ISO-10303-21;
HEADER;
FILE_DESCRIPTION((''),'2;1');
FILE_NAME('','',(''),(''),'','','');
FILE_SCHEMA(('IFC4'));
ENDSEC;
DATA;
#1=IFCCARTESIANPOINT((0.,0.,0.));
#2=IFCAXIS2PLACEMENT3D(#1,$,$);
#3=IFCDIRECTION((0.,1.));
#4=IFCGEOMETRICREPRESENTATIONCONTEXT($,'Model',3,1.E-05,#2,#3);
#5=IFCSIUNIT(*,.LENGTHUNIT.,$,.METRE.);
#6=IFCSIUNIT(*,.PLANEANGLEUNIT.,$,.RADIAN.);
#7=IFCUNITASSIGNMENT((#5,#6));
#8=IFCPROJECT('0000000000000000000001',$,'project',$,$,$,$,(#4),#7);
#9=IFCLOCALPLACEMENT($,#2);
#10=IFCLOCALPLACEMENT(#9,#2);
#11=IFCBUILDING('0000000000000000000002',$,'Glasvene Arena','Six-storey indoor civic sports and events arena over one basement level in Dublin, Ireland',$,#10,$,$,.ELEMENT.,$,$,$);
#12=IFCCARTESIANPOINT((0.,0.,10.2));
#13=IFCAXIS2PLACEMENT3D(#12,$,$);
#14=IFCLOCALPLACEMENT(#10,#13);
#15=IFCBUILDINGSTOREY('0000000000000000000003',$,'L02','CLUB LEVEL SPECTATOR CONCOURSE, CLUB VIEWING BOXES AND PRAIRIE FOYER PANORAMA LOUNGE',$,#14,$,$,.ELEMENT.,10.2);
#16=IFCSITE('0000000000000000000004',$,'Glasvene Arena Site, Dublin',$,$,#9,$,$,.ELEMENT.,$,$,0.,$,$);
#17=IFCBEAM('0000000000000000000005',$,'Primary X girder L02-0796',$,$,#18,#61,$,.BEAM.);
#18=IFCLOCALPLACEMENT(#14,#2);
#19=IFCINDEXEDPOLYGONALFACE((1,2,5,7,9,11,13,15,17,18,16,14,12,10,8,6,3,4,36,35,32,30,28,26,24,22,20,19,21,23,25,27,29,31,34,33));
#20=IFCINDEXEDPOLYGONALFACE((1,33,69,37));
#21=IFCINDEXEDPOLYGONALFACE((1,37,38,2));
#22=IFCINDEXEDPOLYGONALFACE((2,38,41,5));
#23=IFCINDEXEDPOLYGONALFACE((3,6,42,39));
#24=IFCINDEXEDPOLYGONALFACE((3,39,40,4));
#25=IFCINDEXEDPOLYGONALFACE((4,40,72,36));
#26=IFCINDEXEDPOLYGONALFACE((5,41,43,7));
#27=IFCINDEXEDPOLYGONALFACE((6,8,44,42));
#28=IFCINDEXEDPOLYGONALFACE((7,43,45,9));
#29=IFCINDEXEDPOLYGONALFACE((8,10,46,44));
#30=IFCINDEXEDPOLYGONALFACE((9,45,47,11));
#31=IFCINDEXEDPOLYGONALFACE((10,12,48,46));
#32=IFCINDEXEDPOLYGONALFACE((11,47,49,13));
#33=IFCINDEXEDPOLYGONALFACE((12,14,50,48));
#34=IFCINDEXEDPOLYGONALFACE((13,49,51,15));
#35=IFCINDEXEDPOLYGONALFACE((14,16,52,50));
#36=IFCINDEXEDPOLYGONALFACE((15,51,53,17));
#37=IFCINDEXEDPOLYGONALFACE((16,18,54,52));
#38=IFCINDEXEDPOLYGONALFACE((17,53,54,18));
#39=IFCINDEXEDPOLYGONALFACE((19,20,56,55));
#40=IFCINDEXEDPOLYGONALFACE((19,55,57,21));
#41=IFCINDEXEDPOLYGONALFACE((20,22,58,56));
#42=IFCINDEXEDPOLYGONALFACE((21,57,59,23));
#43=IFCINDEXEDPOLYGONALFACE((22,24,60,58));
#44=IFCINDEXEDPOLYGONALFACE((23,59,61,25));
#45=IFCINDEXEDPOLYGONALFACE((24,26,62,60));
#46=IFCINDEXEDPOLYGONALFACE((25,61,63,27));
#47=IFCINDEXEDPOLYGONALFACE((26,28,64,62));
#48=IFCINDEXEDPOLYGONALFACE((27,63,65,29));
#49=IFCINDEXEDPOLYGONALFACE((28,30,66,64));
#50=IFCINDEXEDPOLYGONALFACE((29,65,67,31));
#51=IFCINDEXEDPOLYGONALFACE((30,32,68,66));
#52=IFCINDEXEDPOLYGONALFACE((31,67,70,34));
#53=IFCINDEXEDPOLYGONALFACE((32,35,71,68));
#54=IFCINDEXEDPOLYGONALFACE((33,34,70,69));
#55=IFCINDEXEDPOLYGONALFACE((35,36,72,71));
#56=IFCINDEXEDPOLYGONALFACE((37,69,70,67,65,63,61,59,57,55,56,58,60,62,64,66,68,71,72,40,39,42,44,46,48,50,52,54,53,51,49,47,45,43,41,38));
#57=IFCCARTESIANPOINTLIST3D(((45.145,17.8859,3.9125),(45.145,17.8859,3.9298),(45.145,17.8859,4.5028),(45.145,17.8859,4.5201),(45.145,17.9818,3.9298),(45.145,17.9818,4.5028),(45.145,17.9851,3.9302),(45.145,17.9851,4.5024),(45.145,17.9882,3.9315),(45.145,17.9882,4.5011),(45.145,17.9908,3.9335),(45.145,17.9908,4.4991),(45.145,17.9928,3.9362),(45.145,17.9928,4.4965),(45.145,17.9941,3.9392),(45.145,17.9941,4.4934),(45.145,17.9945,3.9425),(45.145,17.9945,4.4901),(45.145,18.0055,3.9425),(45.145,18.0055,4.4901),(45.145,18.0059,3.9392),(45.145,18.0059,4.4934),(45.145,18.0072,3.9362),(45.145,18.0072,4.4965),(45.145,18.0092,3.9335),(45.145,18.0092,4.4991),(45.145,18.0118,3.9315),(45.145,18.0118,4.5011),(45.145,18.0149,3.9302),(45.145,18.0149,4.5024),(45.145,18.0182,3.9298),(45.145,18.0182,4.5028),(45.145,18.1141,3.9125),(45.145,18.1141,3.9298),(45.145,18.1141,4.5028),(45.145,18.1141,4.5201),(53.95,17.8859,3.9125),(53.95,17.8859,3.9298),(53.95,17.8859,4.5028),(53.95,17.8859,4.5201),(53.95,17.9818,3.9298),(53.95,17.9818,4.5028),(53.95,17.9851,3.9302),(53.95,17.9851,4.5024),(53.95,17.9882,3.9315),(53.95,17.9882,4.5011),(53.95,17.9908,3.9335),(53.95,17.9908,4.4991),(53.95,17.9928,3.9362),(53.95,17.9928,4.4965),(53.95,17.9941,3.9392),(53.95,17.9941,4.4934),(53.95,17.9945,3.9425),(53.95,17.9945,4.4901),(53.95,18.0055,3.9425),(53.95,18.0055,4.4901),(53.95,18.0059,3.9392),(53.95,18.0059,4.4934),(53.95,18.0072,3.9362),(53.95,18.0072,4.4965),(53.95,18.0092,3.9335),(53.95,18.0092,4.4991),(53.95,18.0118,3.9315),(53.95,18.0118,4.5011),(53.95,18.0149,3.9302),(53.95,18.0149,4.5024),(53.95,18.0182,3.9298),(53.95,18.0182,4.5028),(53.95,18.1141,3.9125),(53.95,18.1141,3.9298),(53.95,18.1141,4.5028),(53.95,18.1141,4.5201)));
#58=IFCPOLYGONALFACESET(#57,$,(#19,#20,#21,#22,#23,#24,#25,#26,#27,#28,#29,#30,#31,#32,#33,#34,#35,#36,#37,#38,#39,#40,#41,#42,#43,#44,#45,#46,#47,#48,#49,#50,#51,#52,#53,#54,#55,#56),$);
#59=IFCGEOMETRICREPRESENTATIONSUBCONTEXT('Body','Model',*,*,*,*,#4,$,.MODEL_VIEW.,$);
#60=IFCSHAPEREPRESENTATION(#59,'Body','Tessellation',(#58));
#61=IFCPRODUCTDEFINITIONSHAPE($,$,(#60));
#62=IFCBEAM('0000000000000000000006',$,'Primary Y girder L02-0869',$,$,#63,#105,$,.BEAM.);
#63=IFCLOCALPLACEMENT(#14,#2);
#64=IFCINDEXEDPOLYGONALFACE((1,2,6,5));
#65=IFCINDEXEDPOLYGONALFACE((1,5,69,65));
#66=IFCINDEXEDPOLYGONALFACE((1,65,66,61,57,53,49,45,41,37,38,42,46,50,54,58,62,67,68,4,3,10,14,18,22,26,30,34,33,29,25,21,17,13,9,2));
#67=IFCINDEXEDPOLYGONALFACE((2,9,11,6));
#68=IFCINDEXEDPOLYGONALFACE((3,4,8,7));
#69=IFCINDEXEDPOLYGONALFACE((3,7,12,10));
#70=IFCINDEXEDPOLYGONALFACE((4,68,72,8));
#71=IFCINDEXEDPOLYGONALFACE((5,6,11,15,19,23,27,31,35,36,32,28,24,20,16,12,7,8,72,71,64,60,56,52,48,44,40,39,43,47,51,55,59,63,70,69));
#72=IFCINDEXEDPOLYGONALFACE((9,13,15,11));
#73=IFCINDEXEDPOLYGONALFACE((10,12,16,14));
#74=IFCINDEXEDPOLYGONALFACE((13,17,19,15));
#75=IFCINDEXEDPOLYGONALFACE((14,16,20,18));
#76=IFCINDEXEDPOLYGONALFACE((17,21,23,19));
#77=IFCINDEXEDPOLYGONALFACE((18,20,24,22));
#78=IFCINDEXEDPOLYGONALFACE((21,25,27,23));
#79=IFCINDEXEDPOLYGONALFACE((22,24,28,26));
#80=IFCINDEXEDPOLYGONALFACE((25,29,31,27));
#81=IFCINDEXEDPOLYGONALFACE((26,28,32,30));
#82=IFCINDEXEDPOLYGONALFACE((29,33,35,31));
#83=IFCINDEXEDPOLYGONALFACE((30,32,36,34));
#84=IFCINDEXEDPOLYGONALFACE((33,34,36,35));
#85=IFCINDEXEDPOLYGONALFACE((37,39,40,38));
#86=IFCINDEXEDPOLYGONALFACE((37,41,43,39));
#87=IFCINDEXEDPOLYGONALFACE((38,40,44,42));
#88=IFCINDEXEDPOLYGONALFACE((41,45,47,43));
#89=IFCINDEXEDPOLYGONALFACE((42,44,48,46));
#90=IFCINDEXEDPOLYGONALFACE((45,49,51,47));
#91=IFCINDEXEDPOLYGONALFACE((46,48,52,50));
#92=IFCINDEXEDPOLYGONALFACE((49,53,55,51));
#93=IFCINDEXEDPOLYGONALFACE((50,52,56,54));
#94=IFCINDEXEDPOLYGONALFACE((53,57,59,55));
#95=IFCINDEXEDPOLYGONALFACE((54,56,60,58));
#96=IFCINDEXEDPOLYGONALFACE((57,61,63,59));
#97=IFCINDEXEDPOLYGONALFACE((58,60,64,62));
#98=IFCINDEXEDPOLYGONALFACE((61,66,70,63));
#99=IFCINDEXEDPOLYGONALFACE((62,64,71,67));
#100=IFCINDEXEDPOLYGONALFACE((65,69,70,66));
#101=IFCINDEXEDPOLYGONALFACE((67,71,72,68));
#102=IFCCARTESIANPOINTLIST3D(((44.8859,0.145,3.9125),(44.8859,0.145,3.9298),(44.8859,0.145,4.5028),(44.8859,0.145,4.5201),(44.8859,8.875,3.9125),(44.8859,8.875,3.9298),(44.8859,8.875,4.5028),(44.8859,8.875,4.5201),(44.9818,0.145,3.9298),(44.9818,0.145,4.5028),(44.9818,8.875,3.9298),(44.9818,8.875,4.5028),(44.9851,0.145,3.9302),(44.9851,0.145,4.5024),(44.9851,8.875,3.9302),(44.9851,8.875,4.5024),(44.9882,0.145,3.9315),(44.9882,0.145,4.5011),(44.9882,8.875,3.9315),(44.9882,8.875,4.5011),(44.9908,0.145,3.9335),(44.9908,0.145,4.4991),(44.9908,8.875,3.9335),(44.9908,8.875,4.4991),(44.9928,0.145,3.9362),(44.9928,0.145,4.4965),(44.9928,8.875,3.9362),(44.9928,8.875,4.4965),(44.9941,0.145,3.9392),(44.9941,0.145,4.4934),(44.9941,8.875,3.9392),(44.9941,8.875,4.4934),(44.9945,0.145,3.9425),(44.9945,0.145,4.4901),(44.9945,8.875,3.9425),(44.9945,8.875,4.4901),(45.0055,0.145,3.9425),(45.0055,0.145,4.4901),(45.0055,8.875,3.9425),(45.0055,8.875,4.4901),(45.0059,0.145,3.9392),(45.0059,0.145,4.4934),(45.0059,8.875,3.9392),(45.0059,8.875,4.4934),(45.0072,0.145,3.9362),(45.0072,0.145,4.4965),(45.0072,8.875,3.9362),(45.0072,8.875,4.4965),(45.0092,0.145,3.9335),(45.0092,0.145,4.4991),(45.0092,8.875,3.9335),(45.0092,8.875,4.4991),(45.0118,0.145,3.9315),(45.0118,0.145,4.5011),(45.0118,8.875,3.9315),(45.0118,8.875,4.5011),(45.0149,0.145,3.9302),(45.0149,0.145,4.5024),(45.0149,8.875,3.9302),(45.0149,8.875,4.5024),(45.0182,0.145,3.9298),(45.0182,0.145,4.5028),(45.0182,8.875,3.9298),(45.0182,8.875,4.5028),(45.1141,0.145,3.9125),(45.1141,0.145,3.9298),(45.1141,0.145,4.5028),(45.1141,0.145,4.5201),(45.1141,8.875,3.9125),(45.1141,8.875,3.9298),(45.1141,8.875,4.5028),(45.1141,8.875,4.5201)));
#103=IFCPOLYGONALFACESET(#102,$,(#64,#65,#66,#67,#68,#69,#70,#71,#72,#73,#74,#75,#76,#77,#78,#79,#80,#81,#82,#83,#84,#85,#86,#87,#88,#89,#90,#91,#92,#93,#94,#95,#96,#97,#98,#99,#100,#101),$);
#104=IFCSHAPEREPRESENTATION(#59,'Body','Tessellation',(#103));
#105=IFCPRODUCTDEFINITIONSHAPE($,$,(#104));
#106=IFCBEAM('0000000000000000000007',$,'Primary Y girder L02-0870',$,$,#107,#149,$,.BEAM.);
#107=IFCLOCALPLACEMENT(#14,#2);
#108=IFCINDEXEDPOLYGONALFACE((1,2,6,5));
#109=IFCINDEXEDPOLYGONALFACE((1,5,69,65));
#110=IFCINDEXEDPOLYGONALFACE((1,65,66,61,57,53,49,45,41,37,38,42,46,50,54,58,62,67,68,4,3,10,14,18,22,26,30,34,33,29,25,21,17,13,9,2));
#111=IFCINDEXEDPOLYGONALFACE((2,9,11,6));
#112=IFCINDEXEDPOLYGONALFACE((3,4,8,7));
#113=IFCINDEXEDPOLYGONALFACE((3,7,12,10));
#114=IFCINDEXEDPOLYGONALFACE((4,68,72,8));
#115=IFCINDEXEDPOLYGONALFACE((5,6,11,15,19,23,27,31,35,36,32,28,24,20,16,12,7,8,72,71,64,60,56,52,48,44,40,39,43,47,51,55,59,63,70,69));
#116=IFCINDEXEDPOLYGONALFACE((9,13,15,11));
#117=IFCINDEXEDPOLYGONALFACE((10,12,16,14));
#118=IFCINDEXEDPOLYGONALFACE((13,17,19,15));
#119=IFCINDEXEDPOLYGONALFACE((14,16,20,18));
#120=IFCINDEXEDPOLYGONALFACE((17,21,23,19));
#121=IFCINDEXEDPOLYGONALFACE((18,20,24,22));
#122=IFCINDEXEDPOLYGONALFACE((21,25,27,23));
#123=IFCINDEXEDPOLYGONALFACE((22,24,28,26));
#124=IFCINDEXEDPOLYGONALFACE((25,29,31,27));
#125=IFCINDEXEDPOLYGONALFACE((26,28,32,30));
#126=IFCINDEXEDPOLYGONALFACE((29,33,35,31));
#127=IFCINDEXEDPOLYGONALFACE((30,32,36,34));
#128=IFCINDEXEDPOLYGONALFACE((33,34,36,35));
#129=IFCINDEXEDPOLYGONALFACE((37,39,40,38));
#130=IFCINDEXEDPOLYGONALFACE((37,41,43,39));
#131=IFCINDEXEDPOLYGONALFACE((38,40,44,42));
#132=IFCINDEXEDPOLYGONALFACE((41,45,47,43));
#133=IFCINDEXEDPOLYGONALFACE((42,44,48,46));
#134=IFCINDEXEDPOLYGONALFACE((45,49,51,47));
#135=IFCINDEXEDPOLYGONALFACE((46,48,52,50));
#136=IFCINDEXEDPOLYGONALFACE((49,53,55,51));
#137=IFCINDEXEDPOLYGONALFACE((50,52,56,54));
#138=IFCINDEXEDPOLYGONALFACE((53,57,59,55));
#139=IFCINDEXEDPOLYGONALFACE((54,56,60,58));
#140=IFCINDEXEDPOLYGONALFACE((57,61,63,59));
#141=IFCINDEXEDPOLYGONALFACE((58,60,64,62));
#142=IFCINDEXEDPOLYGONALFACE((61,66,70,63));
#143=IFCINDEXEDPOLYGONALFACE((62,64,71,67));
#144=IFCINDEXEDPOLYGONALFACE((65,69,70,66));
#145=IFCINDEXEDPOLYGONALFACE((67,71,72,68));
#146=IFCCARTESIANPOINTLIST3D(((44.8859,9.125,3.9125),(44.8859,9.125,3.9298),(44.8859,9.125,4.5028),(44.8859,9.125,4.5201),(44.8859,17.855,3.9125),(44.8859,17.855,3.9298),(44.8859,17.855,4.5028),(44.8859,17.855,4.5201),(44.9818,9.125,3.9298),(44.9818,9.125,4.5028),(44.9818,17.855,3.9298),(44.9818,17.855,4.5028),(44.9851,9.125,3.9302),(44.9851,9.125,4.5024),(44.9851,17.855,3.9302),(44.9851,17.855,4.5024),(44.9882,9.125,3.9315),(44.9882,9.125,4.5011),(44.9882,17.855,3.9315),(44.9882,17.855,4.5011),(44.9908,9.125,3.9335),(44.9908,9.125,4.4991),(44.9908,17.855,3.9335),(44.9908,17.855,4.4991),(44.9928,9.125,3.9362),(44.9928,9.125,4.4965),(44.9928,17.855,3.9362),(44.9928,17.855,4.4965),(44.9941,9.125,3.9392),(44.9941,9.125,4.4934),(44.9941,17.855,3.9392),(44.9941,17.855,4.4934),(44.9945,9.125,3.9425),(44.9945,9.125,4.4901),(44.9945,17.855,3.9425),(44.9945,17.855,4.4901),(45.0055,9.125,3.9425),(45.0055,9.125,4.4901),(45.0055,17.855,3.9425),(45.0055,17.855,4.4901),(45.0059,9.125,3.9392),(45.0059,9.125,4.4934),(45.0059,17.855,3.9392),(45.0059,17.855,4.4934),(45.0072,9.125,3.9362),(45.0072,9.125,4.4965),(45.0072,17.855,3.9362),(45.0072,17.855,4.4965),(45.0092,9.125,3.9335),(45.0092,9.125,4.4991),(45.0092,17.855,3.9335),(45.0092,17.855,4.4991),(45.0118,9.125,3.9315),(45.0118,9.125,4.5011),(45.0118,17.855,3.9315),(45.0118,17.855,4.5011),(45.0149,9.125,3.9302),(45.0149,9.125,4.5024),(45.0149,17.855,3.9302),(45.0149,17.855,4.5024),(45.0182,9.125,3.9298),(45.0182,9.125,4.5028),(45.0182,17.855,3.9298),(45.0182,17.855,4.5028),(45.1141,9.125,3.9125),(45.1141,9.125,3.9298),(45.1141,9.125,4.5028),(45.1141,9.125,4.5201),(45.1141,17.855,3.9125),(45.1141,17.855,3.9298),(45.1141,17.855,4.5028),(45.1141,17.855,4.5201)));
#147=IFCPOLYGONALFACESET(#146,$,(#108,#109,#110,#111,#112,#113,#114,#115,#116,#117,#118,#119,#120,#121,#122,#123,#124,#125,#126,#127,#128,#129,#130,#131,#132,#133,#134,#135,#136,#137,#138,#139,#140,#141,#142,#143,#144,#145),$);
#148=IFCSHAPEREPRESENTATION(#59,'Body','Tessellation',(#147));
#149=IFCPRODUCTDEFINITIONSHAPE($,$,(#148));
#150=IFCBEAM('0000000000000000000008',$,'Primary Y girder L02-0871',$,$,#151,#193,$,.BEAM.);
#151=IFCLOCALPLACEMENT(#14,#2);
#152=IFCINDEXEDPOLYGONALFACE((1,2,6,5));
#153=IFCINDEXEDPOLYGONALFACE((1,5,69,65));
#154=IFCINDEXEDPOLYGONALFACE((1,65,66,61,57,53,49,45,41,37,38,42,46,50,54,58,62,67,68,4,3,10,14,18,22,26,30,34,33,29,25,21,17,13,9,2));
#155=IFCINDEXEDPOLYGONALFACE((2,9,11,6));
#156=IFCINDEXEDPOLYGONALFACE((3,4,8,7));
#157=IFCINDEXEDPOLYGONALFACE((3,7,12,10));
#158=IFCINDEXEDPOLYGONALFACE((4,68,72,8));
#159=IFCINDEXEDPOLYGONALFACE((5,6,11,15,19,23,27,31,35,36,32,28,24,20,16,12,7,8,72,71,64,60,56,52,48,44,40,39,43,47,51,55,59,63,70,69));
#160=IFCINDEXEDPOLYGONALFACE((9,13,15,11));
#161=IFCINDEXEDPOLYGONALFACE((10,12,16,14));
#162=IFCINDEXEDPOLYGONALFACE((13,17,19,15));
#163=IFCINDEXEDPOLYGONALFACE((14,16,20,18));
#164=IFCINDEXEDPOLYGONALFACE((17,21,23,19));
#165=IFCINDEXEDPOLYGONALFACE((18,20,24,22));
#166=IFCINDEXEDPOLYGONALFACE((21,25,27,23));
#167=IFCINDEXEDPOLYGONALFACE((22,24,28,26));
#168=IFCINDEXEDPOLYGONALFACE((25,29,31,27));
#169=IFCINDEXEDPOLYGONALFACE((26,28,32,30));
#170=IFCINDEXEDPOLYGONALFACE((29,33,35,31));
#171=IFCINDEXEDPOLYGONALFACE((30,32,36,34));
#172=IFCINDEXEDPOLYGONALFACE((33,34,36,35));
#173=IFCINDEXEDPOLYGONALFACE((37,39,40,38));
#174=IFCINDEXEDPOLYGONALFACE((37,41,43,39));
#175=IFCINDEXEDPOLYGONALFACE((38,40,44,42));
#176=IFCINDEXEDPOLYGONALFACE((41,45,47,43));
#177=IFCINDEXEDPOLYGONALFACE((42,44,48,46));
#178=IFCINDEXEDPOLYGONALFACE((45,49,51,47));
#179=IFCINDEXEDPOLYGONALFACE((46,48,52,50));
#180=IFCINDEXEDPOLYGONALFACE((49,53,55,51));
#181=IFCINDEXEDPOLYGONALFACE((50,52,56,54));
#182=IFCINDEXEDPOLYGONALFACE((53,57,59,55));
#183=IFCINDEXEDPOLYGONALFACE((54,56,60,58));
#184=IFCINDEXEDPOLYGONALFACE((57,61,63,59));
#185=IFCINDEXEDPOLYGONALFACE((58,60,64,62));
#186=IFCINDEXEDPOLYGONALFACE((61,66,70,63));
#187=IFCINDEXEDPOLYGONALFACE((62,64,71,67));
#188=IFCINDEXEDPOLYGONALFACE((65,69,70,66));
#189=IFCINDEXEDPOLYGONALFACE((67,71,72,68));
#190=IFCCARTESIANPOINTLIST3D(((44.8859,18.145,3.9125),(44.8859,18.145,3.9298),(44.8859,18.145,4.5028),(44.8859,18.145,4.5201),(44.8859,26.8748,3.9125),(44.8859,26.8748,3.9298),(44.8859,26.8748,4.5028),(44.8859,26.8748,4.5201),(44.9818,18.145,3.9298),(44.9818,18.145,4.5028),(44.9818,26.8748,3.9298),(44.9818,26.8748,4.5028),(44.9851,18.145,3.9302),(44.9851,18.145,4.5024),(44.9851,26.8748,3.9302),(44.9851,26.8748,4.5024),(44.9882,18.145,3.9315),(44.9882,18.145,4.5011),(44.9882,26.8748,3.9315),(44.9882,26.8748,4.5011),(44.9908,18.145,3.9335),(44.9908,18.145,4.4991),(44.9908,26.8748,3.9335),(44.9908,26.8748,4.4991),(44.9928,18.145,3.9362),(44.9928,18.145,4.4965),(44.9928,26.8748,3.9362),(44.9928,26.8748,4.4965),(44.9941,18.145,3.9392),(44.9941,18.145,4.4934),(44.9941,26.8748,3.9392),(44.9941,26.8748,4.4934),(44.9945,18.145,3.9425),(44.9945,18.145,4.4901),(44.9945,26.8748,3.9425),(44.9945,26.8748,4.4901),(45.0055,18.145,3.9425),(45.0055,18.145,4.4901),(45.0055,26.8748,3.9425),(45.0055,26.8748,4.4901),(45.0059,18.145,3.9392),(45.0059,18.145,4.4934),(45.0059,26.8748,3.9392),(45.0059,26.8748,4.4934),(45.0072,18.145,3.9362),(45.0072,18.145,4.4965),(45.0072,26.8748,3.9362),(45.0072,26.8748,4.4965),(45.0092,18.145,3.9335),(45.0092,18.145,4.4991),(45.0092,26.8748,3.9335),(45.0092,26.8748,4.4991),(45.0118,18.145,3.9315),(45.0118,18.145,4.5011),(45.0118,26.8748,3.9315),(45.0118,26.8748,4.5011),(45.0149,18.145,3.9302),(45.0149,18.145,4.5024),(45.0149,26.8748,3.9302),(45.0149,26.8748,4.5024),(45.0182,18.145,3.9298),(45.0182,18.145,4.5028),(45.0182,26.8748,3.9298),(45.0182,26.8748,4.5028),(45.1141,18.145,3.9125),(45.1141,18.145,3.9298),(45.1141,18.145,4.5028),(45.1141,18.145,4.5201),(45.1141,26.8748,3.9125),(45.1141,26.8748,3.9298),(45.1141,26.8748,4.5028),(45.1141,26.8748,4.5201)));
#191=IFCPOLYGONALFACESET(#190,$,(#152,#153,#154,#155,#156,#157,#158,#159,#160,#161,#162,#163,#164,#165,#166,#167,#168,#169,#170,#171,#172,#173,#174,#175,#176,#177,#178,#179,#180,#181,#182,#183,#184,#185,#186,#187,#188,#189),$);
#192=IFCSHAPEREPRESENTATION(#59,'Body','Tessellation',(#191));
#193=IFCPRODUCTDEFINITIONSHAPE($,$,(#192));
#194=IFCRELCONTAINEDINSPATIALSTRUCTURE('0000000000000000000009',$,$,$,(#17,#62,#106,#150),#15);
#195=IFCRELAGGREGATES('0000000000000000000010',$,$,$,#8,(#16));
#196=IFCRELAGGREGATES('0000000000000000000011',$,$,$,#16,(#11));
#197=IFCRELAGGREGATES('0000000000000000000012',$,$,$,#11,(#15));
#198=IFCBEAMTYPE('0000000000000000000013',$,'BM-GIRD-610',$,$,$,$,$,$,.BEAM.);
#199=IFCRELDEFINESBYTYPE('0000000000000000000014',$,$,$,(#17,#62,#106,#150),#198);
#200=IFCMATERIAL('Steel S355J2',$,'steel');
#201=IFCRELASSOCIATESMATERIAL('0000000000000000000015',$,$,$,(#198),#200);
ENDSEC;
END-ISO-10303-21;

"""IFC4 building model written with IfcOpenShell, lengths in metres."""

from ifc_helpers import new_model, si_unit, direction, frame, origin, origin_2d, place, context, subcontext, project, spatial, i_section, extrude, material, material_profile, profile_set, type_object, element, save


model = new_model("IFC4")

# Units and contexts
model_context = context("Model", 3, precision=1e-05, world=origin(), true_north=direction((0.0, 1.0)))
body_context = subcontext(model_context, "Body", "Model", "MODEL_VIEW")
ifc_project = project(units=[si_unit("LENGTHUNIT", "METRE"), si_unit("PLANEANGLEUNIT", "RADIAN")], contexts=[model_context])

# Site, building, storey
site_placement = place(None, origin())
site = spatial("IfcSite", under=ifc_project, at=site_placement, Name="Glasvene Arena Site, Dublin", CompositionType="ELEMENT", RefElevation=0.0)
building_placement = place(site_placement, origin())
building = spatial("IfcBuilding", under=site, at=building_placement, Name="Glasvene Arena", Description="Six-storey indoor civic sports and events arena over one basement level in Dublin, Ireland", CompositionType="ELEMENT")
storey_placement = place(building_placement, frame((0.0, 0.0, 10.2)))
storey = spatial("IfcBuildingStorey", under=building, at=storey_placement, Name="L02", Description="CLUB LEVEL SPECTATOR CONCOURSE, CLUB VIEWING BOXES AND PRAIRIE FOYER PANORAMA LOUNGE", CompositionType="ELEMENT", Elevation=10.2)

# Shared definitions
ifc_material_1 = material(Name="Steel S355J2", Category="steel")

# Beams
ifc_material_profile_1 = material_profile(ifc_material_1, i_section(OverallWidth=0.2283, OverallDepth=0.6077, WebThickness=0.011, FlangeThickness=0.0173, FilletRadius=0.0127, at=origin_2d()), Name="UKB 610x229x113")
ifc_profile_set_1 = profile_set([ifc_material_profile_1], Name="Steel S355J2")
beam_type_1 = type_object("IfcBeamType", Name="BM-GIRD-610", PredefinedType="BEAM", material=ifc_profile_set_1)
for number, where, z_axis, x_axis, name in (
    (1, (45.145, 18.0, 4.2163), (1.0, 0.0, 0.0), (0.0, 1.0, 0.0), "Primary X girder L02-0796"),
):
    element("IfcBeam", number, at=place(storey_placement, frame(where, z_axis=z_axis, x_axis=x_axis)), inside=storey, type_object=beam_type_1, Name=name, PredefinedType="BEAM", context=body_context, shape_type="SweptSolid", body=[
        extrude(i_section(OverallWidth=0.2283, OverallDepth=0.6077, WebThickness=0.011, FlangeThickness=0.0173, FilletRadius=0.0127, at=origin_2d()), origin(), (0.0, 0.0, 1.0), 8.8049),
    ])
for number, where, z_axis, x_axis, name in (
    (2, (45.0, 0.145, 4.2163), (0.0, 1.0, 0.0), (-1.0, 0.0, 0.0), "Primary Y girder L02-0869"),
    (3, (45.0, 9.125, 4.2163), (0.0, 1.0, 0.0), (-1.0, 0.0, 0.0), "Primary Y girder L02-0870"),
):
    element("IfcBeam", number, at=place(storey_placement, frame(where, z_axis=z_axis, x_axis=x_axis)), inside=storey, type_object=beam_type_1, Name=name, PredefinedType="BEAM", context=body_context, shape_type="SweptSolid", body=[
        extrude(i_section(OverallWidth=0.2283, OverallDepth=0.6077, WebThickness=0.011, FlangeThickness=0.0173, FilletRadius=0.0127, at=origin_2d()), origin(), (0.0, 0.0, 1.0), 8.73),
    ])
beam_placement = place(storey_placement, frame((45.0, 18.145, 4.2163), z_axis=(0.0, 1.0, 0.0), x_axis=(-1.0, 0.0, 0.0)))
element("IfcBeam", 4, at=beam_placement, inside=storey, type_object=beam_type_1, Name="Primary Y girder L02-0871", PredefinedType="BEAM", context=body_context, shape_type="SweptSolid", body=[
    extrude(i_section(OverallWidth=0.2283, OverallDepth=0.6077, WebThickness=0.011, FlangeThickness=0.0173, FilletRadius=0.0127, at=origin_2d()), origin(), (0.0, 0.0, 1.0), 8.7297),
])

save(model, "model.ifc")
